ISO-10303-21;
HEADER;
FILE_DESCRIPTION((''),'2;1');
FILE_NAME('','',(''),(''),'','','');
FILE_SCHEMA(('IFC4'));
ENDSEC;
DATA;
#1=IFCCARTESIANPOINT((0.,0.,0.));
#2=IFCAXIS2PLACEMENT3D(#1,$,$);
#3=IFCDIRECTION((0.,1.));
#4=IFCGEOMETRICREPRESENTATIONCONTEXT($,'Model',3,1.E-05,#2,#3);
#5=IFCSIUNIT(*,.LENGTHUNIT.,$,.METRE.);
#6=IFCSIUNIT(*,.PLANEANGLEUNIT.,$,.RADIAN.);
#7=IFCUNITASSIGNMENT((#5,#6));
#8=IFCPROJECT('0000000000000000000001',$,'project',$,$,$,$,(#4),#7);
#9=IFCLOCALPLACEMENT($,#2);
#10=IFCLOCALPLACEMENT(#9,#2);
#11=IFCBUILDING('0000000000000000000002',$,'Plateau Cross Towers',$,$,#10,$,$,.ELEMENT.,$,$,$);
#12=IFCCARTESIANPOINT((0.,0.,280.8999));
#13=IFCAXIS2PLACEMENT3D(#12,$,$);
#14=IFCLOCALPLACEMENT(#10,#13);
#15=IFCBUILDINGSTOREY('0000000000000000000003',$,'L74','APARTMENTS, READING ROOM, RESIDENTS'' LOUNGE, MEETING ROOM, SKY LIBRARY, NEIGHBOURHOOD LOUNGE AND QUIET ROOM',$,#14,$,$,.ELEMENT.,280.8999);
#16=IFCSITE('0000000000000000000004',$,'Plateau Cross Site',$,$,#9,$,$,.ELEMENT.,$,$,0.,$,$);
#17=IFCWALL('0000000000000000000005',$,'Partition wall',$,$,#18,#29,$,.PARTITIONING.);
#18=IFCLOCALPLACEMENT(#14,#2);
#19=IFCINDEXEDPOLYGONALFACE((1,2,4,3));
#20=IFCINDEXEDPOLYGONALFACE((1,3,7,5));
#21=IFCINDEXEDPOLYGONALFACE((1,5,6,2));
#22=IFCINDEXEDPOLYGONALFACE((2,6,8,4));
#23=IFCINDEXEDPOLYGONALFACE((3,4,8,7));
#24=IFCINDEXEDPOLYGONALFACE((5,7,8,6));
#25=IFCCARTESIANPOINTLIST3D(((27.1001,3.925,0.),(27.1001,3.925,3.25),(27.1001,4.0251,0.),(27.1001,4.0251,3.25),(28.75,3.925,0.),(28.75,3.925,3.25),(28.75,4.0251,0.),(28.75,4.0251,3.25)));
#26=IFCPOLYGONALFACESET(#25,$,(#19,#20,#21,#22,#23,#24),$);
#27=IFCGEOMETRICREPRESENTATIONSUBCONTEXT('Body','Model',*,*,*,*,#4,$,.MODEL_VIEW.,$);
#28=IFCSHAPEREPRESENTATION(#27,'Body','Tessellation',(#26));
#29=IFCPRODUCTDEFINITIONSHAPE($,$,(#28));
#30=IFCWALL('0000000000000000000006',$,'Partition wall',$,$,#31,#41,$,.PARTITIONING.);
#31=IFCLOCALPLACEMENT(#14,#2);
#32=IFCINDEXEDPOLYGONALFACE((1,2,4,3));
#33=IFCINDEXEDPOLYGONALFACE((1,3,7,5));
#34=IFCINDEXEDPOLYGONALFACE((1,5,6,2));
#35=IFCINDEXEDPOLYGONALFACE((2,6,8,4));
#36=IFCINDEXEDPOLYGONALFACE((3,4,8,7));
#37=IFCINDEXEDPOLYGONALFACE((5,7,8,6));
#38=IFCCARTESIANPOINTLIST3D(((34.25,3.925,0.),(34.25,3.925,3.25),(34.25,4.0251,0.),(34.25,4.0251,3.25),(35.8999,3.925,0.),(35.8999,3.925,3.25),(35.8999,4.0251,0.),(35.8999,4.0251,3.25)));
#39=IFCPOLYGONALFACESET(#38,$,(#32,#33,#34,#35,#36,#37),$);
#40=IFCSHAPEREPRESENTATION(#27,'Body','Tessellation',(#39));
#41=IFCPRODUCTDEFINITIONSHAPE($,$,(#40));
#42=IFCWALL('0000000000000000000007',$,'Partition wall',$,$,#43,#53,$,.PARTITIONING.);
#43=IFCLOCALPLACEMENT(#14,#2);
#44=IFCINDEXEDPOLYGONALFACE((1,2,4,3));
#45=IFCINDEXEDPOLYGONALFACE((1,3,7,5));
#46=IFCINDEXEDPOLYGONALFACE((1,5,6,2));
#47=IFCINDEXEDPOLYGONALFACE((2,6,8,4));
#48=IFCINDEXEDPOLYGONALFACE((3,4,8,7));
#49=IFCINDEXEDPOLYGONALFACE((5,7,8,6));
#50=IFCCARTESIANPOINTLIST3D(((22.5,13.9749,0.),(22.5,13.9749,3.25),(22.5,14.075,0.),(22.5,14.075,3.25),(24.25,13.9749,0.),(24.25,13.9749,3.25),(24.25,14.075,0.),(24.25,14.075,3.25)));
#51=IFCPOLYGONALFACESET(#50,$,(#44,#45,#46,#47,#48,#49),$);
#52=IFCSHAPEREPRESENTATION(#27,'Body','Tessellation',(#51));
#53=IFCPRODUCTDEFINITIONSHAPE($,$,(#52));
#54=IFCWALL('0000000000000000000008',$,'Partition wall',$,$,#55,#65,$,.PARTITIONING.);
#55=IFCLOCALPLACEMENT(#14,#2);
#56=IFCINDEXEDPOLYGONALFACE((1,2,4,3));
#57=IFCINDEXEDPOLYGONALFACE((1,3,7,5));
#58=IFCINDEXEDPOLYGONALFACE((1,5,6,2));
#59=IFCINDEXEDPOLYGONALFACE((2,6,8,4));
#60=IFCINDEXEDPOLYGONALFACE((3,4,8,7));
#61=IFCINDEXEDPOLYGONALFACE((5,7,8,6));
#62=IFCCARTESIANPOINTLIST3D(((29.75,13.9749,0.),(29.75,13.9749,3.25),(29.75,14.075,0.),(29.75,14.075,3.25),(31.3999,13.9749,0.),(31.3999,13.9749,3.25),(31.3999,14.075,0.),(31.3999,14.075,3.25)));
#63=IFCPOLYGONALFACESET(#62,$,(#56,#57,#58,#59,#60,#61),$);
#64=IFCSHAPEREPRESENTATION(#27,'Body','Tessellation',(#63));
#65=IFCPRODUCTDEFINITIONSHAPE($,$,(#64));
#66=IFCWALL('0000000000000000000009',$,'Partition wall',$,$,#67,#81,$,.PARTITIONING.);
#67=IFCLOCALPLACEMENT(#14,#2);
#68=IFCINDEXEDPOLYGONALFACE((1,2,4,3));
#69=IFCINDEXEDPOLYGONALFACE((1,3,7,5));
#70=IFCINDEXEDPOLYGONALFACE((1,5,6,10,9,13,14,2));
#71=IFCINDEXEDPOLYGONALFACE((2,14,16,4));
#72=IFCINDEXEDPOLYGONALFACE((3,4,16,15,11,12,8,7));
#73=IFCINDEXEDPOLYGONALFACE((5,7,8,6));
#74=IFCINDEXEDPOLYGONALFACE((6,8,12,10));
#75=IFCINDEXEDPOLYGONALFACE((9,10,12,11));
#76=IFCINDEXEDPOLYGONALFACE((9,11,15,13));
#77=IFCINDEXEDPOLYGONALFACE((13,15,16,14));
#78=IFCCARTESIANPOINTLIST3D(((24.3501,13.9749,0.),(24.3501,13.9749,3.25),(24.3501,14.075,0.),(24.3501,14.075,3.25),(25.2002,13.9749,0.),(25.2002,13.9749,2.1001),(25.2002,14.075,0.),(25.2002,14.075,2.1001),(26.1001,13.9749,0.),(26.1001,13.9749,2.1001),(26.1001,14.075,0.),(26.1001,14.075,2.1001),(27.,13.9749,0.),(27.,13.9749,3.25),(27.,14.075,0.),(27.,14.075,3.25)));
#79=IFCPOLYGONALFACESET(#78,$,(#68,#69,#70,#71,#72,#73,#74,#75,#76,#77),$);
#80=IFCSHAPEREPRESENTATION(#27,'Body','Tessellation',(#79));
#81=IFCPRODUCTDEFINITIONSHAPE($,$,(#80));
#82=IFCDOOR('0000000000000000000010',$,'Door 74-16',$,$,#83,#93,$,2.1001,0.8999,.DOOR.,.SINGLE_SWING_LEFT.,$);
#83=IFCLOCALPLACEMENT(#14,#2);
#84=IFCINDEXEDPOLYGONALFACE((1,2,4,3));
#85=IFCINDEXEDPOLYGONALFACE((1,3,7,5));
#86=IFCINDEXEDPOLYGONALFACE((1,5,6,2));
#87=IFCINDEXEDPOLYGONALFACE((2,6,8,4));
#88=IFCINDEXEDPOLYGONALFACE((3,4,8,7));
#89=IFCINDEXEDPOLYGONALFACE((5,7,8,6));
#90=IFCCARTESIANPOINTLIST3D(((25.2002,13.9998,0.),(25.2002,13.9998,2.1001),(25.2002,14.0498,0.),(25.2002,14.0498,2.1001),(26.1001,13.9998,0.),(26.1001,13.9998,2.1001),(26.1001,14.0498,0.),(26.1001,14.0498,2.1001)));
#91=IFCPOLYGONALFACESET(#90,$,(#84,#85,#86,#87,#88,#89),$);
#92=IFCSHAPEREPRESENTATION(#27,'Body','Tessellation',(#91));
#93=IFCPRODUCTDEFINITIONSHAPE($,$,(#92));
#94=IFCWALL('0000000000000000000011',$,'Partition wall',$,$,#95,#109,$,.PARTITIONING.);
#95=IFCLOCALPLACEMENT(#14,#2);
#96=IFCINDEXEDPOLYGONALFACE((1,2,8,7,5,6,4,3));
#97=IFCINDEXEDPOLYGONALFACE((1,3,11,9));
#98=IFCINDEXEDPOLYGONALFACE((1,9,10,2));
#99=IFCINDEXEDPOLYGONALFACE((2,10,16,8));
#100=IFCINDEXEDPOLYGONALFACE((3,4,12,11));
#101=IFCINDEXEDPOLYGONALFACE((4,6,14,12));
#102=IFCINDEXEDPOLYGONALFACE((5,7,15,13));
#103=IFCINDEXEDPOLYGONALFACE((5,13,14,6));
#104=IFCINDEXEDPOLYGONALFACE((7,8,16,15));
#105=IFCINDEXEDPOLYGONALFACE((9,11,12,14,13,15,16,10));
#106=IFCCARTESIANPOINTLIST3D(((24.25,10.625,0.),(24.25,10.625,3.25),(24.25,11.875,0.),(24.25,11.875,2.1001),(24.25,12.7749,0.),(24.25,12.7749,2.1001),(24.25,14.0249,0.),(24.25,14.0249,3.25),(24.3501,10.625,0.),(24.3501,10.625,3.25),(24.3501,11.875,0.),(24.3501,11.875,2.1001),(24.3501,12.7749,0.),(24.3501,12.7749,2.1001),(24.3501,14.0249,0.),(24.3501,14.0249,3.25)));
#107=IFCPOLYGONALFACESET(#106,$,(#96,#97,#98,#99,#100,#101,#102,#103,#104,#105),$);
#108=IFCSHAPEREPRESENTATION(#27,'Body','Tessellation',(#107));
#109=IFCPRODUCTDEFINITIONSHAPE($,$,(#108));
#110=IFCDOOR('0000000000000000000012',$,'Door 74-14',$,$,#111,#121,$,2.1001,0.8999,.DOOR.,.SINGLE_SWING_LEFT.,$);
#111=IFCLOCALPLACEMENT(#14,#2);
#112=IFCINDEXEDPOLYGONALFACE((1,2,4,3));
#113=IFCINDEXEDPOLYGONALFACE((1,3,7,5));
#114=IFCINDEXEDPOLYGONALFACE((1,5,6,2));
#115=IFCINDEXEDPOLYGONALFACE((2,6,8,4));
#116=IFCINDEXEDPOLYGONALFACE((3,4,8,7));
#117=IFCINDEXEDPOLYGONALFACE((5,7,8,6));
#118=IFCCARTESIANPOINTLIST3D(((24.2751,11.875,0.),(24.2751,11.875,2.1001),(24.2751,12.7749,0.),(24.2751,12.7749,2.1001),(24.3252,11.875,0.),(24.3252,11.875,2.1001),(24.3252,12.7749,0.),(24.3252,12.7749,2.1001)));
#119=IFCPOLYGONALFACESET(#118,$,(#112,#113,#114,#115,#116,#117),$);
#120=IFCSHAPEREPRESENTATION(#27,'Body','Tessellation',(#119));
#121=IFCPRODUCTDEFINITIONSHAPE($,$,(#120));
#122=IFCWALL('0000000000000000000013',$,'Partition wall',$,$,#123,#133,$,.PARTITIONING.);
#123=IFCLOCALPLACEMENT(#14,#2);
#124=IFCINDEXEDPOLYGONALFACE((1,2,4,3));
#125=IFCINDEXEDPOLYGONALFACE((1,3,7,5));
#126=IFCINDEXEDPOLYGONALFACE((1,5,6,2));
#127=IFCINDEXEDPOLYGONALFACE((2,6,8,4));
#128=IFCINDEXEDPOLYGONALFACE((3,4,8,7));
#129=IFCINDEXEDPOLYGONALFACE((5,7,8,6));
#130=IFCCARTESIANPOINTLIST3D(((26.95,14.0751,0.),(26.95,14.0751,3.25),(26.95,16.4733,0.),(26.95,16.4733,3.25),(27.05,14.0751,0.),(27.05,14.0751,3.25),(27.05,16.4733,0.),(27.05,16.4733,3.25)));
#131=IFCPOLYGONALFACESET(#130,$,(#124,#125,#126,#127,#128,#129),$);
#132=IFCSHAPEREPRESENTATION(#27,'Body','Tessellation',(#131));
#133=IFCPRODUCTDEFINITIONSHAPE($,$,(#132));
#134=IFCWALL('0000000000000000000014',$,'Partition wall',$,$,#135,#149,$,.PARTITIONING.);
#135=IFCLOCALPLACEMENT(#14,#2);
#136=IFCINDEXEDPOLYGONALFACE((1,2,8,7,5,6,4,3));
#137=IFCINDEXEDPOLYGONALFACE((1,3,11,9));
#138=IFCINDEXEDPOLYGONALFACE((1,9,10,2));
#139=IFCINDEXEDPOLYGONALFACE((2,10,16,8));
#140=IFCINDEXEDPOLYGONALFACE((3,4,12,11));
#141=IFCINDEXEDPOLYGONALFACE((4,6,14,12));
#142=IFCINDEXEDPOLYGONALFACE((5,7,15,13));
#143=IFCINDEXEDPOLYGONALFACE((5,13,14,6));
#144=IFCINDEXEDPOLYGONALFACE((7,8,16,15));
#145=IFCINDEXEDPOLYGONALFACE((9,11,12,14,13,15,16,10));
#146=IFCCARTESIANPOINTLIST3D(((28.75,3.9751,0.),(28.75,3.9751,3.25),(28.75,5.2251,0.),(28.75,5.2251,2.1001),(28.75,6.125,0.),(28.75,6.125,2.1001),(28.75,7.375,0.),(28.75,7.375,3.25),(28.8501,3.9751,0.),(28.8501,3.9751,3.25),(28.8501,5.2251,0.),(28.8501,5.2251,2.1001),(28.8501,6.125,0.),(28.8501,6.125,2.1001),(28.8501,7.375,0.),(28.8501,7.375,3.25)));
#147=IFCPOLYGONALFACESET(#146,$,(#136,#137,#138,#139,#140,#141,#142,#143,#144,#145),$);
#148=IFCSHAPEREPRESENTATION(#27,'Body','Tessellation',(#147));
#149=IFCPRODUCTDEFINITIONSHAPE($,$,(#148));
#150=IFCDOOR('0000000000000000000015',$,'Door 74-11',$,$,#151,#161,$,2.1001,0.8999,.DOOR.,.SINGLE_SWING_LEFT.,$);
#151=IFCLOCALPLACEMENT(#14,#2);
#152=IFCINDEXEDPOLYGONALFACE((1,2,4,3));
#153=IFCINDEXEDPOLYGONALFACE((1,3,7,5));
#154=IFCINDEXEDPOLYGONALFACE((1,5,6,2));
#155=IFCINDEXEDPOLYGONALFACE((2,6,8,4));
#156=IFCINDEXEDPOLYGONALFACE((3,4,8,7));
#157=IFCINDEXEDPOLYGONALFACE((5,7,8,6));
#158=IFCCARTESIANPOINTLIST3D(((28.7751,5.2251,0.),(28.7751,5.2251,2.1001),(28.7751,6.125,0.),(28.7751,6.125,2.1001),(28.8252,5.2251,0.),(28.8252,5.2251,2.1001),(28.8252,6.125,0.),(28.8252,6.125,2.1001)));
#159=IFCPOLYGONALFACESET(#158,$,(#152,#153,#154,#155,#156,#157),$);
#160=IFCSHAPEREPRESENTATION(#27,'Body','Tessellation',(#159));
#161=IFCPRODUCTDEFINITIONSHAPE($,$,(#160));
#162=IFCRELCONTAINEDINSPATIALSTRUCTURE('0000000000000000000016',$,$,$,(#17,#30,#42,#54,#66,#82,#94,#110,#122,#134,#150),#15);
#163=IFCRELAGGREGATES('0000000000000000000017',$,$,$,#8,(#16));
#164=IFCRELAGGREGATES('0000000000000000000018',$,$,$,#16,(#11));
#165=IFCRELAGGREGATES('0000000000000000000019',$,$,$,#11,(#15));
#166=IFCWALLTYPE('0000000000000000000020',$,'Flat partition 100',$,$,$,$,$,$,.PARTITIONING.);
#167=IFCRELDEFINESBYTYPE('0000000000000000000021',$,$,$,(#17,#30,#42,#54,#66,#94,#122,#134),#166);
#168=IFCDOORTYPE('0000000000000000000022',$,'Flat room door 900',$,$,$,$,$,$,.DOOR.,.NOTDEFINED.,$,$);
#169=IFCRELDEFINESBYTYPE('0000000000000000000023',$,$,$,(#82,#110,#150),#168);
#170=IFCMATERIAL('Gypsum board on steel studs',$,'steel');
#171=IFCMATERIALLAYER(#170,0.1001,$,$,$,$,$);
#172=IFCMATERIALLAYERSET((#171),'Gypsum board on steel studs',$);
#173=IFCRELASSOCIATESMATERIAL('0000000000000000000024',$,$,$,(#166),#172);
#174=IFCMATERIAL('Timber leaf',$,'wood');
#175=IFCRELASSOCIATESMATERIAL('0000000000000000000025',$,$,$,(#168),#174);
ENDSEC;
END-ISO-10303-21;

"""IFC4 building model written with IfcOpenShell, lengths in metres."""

from ifc_helpers import new_model, si_unit, direction, frame, frame_2d, origin, place, context, subcontext, project, spatial, rectangle, extrude, material, layer, layer_set, type_object, element, fill, save


model = new_model("IFC4")

# Units and contexts
model_context = context("Model", 3, precision=1e-05, world=origin(), true_north=direction((0.0, 1.0)))
body_context = subcontext(model_context, "Body", "Model", "MODEL_VIEW")
ifc_project = project(units=[si_unit("LENGTHUNIT", "METRE"), si_unit("PLANEANGLEUNIT", "RADIAN")], contexts=[model_context])

# Site, building, storey
site_placement = place(None, origin())
site = spatial("IfcSite", under=ifc_project, at=site_placement, Name="Plateau Cross Site", CompositionType="ELEMENT", RefElevation=0.0)
building_placement = place(site_placement, origin())
building = spatial("IfcBuilding", under=site, at=building_placement, Name="Plateau Cross Towers", CompositionType="ELEMENT")
storey_placement = place(building_placement, frame((0.0, 0.0, 280.8999)))
storey = spatial("IfcBuildingStorey", under=building, at=storey_placement, Name="L74", Description="APARTMENTS, READING ROOM, RESIDENTS' LOUNGE, MEETING ROOM, SKY LIBRARY, NEIGHBOURHOOD LOUNGE AND QUIET ROOM", CompositionType="ELEMENT", Elevation=280.8999)

# Shared definitions
ifc_material_1 = material(Name="Gypsum board on steel studs", Category="steel")
ifc_layer_1 = layer(ifc_material_1, 0.1001)
ifc_layer_set_1 = layer_set([ifc_layer_1], Name="Gypsum board on steel studs")
wall_type_1 = type_object("IfcWallType", Name="Flat partition 100", PredefinedType="PARTITIONING", material=ifc_layer_set_1)
ifc_material_2 = material(Name="Timber leaf", Category="wood")
door_type = type_object("IfcDoorType", Name="Flat room door 900", OperationType="NOTDEFINED", PredefinedType="DOOR", material=ifc_material_2)

# Walls
for number, where, z_axis, x_axis, name in (
    (1, (27.1001, 3.9751, 0.0), (0.0, 0.0, 1.0), (1.0, 0.0, 0.0), "Partition wall"),
    (2, (34.25, 3.9751, 0.0), (0.0, 0.0, 1.0), (1.0, 0.0, 0.0), "Partition wall"),
):
    element("IfcWall", number, at=place(storey_placement, frame(where, z_axis=z_axis, x_axis=x_axis)), inside=storey, type_object=wall_type_1, Name=name, PredefinedType="PARTITIONING", context=body_context, shape_type="SweptSolid", body=[
        extrude(rectangle(XDim=1.6499, YDim=0.1001, at=frame_2d((0.825, 0.0))), origin(), (0.0, 0.0, 1.0), 3.25),
    ])
wall_1_placement = place(storey_placement, frame((24.25, 14.0249, 0.0), z_axis=(0.0, 0.0, 1.0), x_axis=(-1.0, 0.0, 0.0)))
element("IfcWall", 3, at=wall_1_placement, inside=storey, type_object=wall_type_1, Name="Partition wall", PredefinedType="PARTITIONING", context=body_context, shape_type="SweptSolid", body=[
    extrude(rectangle(XDim=1.75, YDim=0.1001, at=frame_2d((0.875, 0.0))), origin(), (0.0, 0.0, 1.0), 3.25),
])
wall_2_placement = place(storey_placement, frame((31.3999, 14.0249, 0.0), z_axis=(0.0, 0.0, 1.0), x_axis=(-1.0, 0.0, 0.0)))
element("IfcWall", 4, at=wall_2_placement, inside=storey, type_object=wall_type_1, Name="Partition wall", PredefinedType="PARTITIONING", context=body_context, shape_type="SweptSolid", body=[
    extrude(rectangle(XDim=1.6499, YDim=0.1001, at=frame_2d((0.825, 0.0))), origin(), (0.0, 0.0, 1.0), 3.25),
])

# Walls, openings, doors
wall_3_placement = place(storey_placement, frame((24.3501, 14.0249, 0.0), z_axis=(0.0, 0.0, 1.0), x_axis=(1.0, 0.0, 0.0)))
wall_3 = element("IfcWall", 5, at=wall_3_placement, inside=storey, type_object=wall_type_1, Name="Partition wall", PredefinedType="PARTITIONING", context=body_context, shape_type="SweptSolid", body=[
    extrude(rectangle(XDim=2.6499, YDim=0.1001, at=frame_2d((1.325, 0.0))), origin(), (0.0, 0.0, 1.0), 3.25),
])
opening_1_placement = place(wall_3_placement, frame((0.8501, 0.0, 0.0)))
opening_1 = element("IfcOpeningElement", 6, at=opening_1_placement, cuts=wall_3, PredefinedType="OPENING", context=body_context, shape_type="SweptSolid", body=[
    extrude(rectangle(XDim=0.8999, YDim=2.1001, at=frame_2d((0.45, 1.05))), frame((0.0, 0.0601, 0.0), z_axis=(0.0, -1.0, 0.0), x_axis=(1.0, 0.0, 0.0)), (0.0, 0.0, 1.0), 0.1201),
])
door_1_placement = place(opening_1_placement, origin())
door_1 = element("IfcDoor", 7, at=door_1_placement, inside=storey, type_object=door_type, Name="Door 74-16", OperationType="SINGLE_SWING_LEFT", OverallHeight=2.1001, OverallWidth=0.8999, PredefinedType="DOOR", context=body_context, shape_type="SweptSolid", body=[
    extrude(rectangle(XDim=0.8999, YDim=2.1001, at=frame_2d((0.45, 1.05))), frame((0.0, 0.0249, 0.0), z_axis=(0.0, -1.0, 0.0), x_axis=(1.0, 0.0, 0.0)), (0.0, 0.0, 1.0), 0.05),
])
fill(opening_1, door_1)
wall_4_placement = place(storey_placement, frame((24.3, 10.625, 0.0), z_axis=(0.0, 0.0, 1.0), x_axis=(0.0, 1.0, 0.0)))
wall_4 = element("IfcWall", 8, at=wall_4_placement, inside=storey, type_object=wall_type_1, Name="Partition wall", PredefinedType="PARTITIONING", context=body_context, shape_type="SweptSolid", body=[
    extrude(rectangle(XDim=3.3999, YDim=0.1001, at=frame_2d((1.7, 0.0))), origin(), (0.0, 0.0, 1.0), 3.25),
])
opening_2_placement = place(wall_4_placement, frame((1.25, 0.0, 0.0)))
opening_2 = element("IfcOpeningElement", 9, at=opening_2_placement, cuts=wall_4, PredefinedType="OPENING", context=body_context, shape_type="SweptSolid", body=[
    extrude(rectangle(XDim=0.8999, YDim=2.1001, at=frame_2d((0.45, 1.05))), frame((0.0, 0.0601, 0.0), z_axis=(0.0, -1.0, 0.0), x_axis=(1.0, 0.0, 0.0)), (0.0, 0.0, 1.0), 0.1201),
])
door_2_placement = place(opening_2_placement, origin())
door_2 = element("IfcDoor", 10, at=door_2_placement, inside=storey, type_object=door_type, Name="Door 74-14", OperationType="SINGLE_SWING_LEFT", OverallHeight=2.1001, OverallWidth=0.8999, PredefinedType="DOOR", context=body_context, shape_type="SweptSolid", body=[
    extrude(rectangle(XDim=0.8999, YDim=2.1001, at=frame_2d((0.45, 1.05))), frame((0.0, 0.0249, 0.0), z_axis=(0.0, -1.0, 0.0), x_axis=(1.0, 0.0, 0.0)), (0.0, 0.0, 1.0), 0.05),
])
fill(opening_2, door_2)

# Wall
wall_5_placement = place(storey_placement, frame((27.0, 14.075, 0.0), z_axis=(0.0, 0.0, 1.0), x_axis=(0.0, 1.0, 0.0)))
element("IfcWall", 11, at=wall_5_placement, inside=storey, type_object=wall_type_1, Name="Partition wall", PredefinedType="PARTITIONING", context=body_context, shape_type="SweptSolid", body=[
    extrude(rectangle(XDim=2.3982, YDim=0.1001, at=frame_2d((1.1992, 0.0))), origin(), (0.0, 0.0, 1.0), 3.25),
])

# Wall, opening, door
wall_6_placement = place(storey_placement, frame((28.8, 3.9751, 0.0), z_axis=(0.0, 0.0, 1.0), x_axis=(0.0, 1.0, 0.0)))
wall_6 = element("IfcWall", 12, at=wall_6_placement, inside=storey, type_object=wall_type_1, Name="Partition wall", PredefinedType="PARTITIONING", context=body_context, shape_type="SweptSolid", body=[
    extrude(rectangle(XDim=3.3999, YDim=0.1001, at=frame_2d((1.7, 0.0))), origin(), (0.0, 0.0, 1.0), 3.25),
])
opening_3_placement = place(wall_6_placement, frame((1.25, 0.0, 0.0)))
opening_3 = element("IfcOpeningElement", 13, at=opening_3_placement, cuts=wall_6, PredefinedType="OPENING", context=body_context, shape_type="SweptSolid", body=[
    extrude(rectangle(XDim=0.8999, YDim=2.1001, at=frame_2d((0.45, 1.05))), frame((0.0, 0.0601, 0.0), z_axis=(0.0, -1.0, 0.0), x_axis=(1.0, 0.0, 0.0)), (0.0, 0.0, 1.0), 0.1201),
])
door_3_placement = place(opening_3_placement, origin())
door_3 = element("IfcDoor", 14, at=door_3_placement, inside=storey, type_object=door_type, Name="Door 74-11", OperationType="SINGLE_SWING_LEFT", OverallHeight=2.1001, OverallWidth=0.8999, PredefinedType="DOOR", context=body_context, shape_type="SweptSolid", body=[
    extrude(rectangle(XDim=0.8999, YDim=2.1001, at=frame_2d((0.45, 1.05))), frame((0.0, 0.0249, 0.0), z_axis=(0.0, -1.0, 0.0), x_axis=(1.0, 0.0, 0.0)), (0.0, 0.0, 1.0), 0.05),
])
fill(opening_3, door_3)

save(model, "model.ifc")
